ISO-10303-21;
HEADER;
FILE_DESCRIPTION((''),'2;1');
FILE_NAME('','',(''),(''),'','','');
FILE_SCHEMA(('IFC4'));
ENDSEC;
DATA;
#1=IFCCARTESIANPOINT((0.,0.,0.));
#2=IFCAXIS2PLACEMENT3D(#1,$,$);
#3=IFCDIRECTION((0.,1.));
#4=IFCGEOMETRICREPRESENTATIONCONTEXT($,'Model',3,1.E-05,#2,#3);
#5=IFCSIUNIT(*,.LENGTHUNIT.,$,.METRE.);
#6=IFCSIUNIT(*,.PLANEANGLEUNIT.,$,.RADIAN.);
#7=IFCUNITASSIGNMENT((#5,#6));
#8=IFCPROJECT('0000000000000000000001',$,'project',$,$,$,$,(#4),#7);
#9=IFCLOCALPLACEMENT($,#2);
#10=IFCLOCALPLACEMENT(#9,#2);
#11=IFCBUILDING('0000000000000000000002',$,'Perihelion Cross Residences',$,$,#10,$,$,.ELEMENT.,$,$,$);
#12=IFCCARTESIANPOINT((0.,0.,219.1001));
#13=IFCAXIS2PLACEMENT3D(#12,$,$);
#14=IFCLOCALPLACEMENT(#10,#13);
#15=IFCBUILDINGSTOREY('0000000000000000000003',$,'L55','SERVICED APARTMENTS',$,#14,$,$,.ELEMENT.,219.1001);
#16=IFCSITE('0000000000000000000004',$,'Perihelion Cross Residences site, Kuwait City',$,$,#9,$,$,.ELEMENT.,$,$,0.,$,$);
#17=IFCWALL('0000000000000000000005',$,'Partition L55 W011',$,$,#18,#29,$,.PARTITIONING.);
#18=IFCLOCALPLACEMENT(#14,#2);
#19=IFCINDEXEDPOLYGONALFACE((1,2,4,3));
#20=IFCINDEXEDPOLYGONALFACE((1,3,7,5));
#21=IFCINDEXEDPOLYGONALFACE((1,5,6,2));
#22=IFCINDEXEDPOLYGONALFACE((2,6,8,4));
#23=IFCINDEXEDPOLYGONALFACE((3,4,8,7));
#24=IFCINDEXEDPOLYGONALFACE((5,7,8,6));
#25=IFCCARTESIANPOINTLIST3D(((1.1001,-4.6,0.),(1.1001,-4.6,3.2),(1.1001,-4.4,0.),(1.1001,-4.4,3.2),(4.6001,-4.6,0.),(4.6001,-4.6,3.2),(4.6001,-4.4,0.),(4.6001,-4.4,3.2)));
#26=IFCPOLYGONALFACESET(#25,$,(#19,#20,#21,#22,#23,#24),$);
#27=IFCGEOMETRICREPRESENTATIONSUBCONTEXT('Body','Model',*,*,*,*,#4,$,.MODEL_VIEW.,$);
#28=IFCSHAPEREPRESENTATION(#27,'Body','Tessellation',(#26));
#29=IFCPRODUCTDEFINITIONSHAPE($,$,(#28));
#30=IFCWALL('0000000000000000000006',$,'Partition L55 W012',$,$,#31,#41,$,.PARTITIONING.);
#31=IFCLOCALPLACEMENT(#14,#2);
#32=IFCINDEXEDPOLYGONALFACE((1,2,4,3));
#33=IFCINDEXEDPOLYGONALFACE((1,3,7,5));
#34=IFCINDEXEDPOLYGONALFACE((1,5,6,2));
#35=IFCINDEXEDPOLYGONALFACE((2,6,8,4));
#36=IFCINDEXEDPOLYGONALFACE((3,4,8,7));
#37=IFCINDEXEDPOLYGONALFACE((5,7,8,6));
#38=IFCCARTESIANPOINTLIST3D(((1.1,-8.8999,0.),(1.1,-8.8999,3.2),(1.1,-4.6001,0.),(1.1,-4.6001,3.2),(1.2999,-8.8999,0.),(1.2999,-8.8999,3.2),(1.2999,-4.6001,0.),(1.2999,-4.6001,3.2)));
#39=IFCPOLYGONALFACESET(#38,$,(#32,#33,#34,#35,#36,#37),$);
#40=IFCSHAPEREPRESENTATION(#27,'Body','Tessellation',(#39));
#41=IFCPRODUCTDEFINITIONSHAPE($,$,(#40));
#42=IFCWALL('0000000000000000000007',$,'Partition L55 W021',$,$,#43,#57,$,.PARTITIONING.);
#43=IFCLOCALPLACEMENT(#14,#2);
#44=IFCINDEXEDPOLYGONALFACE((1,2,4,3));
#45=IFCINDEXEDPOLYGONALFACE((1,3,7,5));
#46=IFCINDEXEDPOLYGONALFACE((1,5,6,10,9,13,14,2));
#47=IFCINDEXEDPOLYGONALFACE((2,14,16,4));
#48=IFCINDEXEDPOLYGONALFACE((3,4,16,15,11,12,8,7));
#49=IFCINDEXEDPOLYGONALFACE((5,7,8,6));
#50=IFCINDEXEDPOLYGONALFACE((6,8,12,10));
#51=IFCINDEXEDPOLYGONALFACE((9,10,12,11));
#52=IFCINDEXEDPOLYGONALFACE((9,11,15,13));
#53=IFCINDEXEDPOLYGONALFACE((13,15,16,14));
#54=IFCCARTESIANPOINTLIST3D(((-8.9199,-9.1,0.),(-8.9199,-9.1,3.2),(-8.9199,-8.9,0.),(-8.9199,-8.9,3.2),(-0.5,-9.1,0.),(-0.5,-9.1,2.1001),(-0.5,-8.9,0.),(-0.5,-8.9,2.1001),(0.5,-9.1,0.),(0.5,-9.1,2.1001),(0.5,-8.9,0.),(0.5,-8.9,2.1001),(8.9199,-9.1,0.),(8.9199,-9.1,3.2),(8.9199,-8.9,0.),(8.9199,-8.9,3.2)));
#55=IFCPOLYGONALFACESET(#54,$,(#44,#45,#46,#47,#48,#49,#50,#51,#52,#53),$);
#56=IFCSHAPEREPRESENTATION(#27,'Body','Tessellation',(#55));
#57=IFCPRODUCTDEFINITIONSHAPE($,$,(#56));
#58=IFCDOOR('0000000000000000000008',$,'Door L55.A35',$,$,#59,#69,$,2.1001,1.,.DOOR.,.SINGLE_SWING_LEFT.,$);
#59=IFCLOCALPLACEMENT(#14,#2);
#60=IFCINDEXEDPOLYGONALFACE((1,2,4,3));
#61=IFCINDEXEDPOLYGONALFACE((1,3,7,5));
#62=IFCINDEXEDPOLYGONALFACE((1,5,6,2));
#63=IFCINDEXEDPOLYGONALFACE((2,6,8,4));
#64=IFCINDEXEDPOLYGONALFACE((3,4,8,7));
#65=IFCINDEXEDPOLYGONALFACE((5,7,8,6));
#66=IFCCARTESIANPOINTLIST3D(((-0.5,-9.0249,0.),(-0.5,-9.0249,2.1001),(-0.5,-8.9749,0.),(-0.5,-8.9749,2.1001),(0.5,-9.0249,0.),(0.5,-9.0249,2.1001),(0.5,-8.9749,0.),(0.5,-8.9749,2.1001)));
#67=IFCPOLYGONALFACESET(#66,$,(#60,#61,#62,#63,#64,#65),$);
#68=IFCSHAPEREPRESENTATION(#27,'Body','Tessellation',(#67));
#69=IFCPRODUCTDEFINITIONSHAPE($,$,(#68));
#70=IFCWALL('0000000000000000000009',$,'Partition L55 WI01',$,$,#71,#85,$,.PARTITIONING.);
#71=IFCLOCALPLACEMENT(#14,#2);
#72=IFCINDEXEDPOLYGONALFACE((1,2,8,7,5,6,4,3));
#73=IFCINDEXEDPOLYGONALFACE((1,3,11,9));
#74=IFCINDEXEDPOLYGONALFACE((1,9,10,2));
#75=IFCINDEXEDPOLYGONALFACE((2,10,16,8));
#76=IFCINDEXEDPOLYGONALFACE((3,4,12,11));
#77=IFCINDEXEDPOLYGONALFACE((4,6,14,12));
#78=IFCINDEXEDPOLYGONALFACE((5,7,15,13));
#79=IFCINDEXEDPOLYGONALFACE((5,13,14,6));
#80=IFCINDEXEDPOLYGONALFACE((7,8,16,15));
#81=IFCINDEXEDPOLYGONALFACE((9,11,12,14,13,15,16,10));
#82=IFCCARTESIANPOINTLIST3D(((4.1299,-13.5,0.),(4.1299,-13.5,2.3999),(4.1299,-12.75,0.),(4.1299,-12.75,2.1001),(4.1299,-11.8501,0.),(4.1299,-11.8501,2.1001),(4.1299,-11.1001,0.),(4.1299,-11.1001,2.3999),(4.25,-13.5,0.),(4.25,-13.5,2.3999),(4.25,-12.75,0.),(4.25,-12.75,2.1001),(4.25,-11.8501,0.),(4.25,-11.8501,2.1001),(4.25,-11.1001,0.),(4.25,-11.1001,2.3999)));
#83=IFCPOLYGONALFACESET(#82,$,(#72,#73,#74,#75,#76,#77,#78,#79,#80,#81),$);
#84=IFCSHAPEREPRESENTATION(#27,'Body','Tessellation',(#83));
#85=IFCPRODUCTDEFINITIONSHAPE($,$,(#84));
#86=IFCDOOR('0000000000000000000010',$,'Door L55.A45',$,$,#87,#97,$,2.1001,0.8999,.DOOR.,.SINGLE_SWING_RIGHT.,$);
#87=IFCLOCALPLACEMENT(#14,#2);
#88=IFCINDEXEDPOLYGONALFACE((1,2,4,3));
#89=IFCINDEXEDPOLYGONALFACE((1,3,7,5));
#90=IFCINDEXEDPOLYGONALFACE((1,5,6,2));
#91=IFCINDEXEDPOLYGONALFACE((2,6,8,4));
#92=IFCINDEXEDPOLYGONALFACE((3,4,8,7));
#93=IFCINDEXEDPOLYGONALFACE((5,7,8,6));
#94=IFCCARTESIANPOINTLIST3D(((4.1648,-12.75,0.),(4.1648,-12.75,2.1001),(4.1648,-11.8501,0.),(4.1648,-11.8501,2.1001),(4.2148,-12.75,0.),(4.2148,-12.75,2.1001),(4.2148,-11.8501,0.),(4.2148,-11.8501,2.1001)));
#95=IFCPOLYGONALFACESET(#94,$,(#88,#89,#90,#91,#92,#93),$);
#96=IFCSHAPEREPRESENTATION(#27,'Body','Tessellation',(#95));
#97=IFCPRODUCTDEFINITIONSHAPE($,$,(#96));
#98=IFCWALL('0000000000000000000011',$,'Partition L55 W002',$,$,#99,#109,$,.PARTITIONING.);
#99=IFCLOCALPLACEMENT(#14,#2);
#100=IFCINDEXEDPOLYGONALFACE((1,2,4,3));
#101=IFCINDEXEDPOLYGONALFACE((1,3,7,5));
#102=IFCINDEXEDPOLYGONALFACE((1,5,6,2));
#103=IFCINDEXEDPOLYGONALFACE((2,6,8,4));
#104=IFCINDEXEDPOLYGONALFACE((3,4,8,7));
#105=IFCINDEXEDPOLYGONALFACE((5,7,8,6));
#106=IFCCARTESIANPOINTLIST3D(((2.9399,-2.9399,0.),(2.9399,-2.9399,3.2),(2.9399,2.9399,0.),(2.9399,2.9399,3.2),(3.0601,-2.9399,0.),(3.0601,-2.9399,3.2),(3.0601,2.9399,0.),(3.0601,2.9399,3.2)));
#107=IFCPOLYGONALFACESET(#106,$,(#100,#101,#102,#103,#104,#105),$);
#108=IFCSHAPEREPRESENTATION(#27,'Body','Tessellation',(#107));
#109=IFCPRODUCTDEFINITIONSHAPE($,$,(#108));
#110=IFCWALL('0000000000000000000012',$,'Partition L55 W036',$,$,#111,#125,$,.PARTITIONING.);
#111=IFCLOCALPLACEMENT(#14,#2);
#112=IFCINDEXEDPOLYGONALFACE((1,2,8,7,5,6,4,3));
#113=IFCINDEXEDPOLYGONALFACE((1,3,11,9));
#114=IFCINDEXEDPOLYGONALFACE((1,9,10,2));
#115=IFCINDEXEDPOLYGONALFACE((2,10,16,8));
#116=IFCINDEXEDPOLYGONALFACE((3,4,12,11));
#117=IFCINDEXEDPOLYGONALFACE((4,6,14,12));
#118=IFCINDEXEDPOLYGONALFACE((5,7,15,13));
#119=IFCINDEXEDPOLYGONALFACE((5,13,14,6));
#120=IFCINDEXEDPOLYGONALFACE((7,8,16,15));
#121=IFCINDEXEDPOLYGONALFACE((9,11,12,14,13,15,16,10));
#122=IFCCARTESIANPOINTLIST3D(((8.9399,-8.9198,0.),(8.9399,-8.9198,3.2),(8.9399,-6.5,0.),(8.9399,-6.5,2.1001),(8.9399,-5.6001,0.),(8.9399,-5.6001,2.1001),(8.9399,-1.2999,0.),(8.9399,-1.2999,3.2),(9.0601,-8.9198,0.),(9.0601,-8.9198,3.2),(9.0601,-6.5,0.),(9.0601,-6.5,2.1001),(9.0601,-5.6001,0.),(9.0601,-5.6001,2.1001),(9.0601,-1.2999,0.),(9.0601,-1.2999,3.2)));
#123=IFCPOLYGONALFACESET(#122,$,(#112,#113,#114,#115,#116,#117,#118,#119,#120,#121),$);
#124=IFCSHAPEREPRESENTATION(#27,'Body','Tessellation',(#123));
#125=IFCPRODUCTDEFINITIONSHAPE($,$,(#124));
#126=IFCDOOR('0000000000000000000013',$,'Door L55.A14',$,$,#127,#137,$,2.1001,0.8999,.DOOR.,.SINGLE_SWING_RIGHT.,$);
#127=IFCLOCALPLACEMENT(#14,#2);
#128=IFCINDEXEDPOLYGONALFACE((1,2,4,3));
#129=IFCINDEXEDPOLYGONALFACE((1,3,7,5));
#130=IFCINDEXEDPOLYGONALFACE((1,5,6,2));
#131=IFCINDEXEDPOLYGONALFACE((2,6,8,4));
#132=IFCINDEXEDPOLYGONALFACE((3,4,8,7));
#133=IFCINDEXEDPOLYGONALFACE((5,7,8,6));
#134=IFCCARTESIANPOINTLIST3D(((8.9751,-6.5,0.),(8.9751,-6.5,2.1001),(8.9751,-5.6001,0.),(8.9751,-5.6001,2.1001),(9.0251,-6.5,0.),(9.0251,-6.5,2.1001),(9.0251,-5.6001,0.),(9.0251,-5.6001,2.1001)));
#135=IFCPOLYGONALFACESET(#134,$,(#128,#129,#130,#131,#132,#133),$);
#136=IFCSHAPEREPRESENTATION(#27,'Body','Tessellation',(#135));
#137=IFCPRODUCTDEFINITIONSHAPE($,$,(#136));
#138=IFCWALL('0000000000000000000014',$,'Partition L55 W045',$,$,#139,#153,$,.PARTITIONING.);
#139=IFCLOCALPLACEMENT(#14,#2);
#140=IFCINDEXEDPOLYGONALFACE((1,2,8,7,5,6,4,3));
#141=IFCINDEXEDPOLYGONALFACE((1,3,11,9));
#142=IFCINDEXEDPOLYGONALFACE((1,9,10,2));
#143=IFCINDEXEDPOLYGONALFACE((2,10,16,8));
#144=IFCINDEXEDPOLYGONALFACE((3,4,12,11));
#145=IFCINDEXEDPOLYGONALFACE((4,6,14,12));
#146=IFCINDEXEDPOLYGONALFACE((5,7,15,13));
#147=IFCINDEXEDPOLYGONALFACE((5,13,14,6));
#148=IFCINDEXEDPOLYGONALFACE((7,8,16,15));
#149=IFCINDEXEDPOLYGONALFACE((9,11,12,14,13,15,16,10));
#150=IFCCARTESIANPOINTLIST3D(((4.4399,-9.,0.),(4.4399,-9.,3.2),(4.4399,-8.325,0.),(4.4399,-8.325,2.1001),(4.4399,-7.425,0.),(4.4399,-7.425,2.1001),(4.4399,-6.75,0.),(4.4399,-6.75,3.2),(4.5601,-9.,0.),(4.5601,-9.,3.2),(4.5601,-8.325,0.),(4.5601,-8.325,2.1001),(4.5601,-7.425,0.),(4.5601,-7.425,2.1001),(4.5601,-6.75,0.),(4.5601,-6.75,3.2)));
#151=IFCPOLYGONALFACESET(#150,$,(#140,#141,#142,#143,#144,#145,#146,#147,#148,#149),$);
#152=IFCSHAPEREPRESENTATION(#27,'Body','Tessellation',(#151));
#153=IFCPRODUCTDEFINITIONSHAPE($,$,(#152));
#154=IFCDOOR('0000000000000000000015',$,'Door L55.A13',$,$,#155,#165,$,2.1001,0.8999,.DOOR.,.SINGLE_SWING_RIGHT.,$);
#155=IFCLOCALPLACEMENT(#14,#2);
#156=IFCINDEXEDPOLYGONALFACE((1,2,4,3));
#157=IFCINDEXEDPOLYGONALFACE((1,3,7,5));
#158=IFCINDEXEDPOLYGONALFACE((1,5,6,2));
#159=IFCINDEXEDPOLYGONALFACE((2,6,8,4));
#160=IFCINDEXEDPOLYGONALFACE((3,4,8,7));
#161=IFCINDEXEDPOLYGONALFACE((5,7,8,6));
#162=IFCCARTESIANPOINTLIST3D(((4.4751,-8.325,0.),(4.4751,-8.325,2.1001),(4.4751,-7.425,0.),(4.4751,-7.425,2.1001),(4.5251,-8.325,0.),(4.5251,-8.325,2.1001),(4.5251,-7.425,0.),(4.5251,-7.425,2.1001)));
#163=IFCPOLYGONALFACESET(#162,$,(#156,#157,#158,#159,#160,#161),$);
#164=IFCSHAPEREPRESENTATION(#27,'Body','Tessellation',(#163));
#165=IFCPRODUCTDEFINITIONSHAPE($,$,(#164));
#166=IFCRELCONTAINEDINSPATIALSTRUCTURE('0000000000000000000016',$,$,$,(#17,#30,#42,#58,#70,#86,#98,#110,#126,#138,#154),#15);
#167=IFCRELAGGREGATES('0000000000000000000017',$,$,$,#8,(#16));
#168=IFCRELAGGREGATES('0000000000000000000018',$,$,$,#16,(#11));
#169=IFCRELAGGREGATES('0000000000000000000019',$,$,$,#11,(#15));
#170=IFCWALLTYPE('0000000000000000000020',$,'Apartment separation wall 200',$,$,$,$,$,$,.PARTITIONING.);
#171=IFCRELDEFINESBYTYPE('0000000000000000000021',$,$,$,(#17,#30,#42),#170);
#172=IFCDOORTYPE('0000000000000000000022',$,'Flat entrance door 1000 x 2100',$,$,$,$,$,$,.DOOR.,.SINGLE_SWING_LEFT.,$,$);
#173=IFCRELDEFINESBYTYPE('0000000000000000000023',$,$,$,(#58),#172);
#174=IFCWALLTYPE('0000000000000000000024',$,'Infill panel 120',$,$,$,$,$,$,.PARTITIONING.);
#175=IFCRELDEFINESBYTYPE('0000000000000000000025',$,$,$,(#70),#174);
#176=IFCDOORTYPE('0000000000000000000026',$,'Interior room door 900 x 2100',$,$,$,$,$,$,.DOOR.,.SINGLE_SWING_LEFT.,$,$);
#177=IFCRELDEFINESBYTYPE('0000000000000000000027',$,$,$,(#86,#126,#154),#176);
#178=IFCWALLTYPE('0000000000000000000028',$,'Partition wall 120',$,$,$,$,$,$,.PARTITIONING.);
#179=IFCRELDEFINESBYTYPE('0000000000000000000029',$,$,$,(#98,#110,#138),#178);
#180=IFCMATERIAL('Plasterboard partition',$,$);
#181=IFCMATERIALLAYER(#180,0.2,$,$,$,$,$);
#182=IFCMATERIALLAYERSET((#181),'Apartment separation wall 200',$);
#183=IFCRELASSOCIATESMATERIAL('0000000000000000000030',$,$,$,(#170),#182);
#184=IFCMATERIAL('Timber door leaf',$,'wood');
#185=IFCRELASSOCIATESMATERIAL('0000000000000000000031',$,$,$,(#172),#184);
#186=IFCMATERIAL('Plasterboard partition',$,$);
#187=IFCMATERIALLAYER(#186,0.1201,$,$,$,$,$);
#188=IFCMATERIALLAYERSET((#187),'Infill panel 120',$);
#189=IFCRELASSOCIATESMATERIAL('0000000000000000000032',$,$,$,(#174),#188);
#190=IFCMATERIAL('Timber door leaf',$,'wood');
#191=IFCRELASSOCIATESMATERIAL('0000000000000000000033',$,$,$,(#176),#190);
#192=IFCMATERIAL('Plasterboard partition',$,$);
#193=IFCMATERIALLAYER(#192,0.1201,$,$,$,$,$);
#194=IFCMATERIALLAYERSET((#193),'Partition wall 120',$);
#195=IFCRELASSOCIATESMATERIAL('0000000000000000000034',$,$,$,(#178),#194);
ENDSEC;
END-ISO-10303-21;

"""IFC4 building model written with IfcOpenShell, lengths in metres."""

from ifc_helpers import new_model, si_unit, direction, frame, frame_2d, origin, place, context, subcontext, project, spatial, rectangle, extrude, material, layer, layer_set, type_object, element, fill, save


model = new_model("IFC4")

# Units and contexts
model_context = context("Model", 3, precision=1e-05, world=origin(), true_north=direction((0.0, 1.0)))
body_context = subcontext(model_context, "Body", "Model", "MODEL_VIEW")
ifc_project = project(units=[si_unit("LENGTHUNIT", "METRE"), si_unit("PLANEANGLEUNIT", "RADIAN")], contexts=[model_context])

# Site, building, storey
site_placement = place(None, origin())
site = spatial("IfcSite", under=ifc_project, at=site_placement, Name="Perihelion Cross Residences site, Kuwait City", CompositionType="ELEMENT", RefElevation=0.0)
building_placement = place(site_placement, origin())
building = spatial("IfcBuilding", under=site, at=building_placement, Name="Perihelion Cross Residences", CompositionType="ELEMENT")
storey_placement = place(building_placement, frame((0.0, 0.0, 219.1001)))
storey = spatial("IfcBuildingStorey", under=building, at=storey_placement, Name="L55", Description="SERVICED APARTMENTS", CompositionType="ELEMENT", Elevation=219.1001)

# Walls
ifc_material_1 = material(Name="Plasterboard partition")
ifc_layer_1 = layer(ifc_material_1, 0.2)
ifc_layer_set_1 = layer_set([ifc_layer_1], Name="Apartment separation wall 200")
wall_type_1 = type_object("IfcWallType", Name="Apartment separation wall 200", PredefinedType="PARTITIONING", material=ifc_layer_set_1)
wall_1_placement = place(storey_placement, frame((4.6001, -4.5, 0.0), z_axis=(0.0, 0.0, 1.0), x_axis=(-1.0, 0.0, 0.0)))
element("IfcWall", 1, at=wall_1_placement, inside=storey, type_object=wall_type_1, Name="Partition L55 W011", PredefinedType="PARTITIONING", context=body_context, shape_type="SweptSolid", body=[
    extrude(rectangle(XDim=3.5, YDim=0.2, at=frame_2d((1.75, 0.0))), origin(), (0.0, 0.0, 1.0), 3.2),
])
wall_2_placement = place(storey_placement, frame((1.2, -4.6001, 0.0), z_axis=(0.0, 0.0, 1.0), x_axis=(0.0, -1.0, 0.0)))
element("IfcWall", 2, at=wall_2_placement, inside=storey, type_object=wall_type_1, Name="Partition L55 W012", PredefinedType="PARTITIONING", context=body_context, shape_type="SweptSolid", body=[
    extrude(rectangle(XDim=4.2998, YDim=0.2, at=frame_2d((2.1499, 0.0))), origin(), (0.0, 0.0, 1.0), 3.2),
])

# Walls, openings, doors
wall_3_placement = place(storey_placement, frame((8.9199, -9.0, 0.0), z_axis=(0.0, 0.0, 1.0), x_axis=(-1.0, 0.0, 0.0)))
wall_3 = element("IfcWall", 3, at=wall_3_placement, inside=storey, type_object=wall_type_1, Name="Partition L55 W021", PredefinedType="PARTITIONING", context=body_context, shape_type="SweptSolid", body=[
    extrude(rectangle(XDim=17.8398, YDim=0.2, at=frame_2d((8.9199, 0.0))), origin(), (0.0, 0.0, 1.0), 3.2),
])
opening_1_placement = place(wall_3_placement, frame((8.4199, 0.0, 0.0)))
opening_1 = element("IfcOpeningElement", 4, at=opening_1_placement, cuts=wall_3, PredefinedType="OPENING", context=body_context, shape_type="SweptSolid", body=[
    extrude(rectangle(XDim=1.0, YDim=2.1001, at=frame_2d((0.5, 1.05))), frame((0.0, 0.1099, 0.0), z_axis=(0.0, -1.0, 0.0), x_axis=(1.0, 0.0, 0.0)), (0.0, 0.0, 1.0), 0.22),
])
ifc_material_2 = material(Name="Timber door leaf", Category="wood")
door_type_1 = type_object("IfcDoorType", Name="Flat entrance door 1000 x 2100", OperationType="SINGLE_SWING_LEFT", PredefinedType="DOOR", material=ifc_material_2)
door_1_placement = place(opening_1_placement, origin())
door_1 = element("IfcDoor", 5, at=door_1_placement, inside=storey, type_object=door_type_1, Name="Door L55.A35", OperationType="SINGLE_SWING_LEFT", OverallHeight=2.1001, OverallWidth=1.0, PredefinedType="DOOR", context=body_context, shape_type="SweptSolid", body=[
    extrude(rectangle(XDim=1.0, YDim=2.1001, at=frame_2d((0.5, 1.05))), frame((0.0, 0.0249, 0.0), z_axis=(0.0, -1.0, 0.0), x_axis=(1.0, 0.0, 0.0)), (0.0, 0.0, 1.0), 0.05),
])
fill(opening_1, door_1)
ifc_material_3 = material(Name="Plasterboard partition")
ifc_layer_2 = layer(ifc_material_3, 0.1201)
ifc_layer_set_2 = layer_set([ifc_layer_2], Name="Infill panel 120")
wall_type_2 = type_object("IfcWallType", Name="Infill panel 120", PredefinedType="PARTITIONING", material=ifc_layer_set_2)
wall_4_placement = place(storey_placement, frame((4.1899, -11.1001, 0.0), z_axis=(0.0, 0.0, 1.0), x_axis=(0.0, -1.0, 0.0)))
wall_4 = element("IfcWall", 6, at=wall_4_placement, inside=storey, type_object=wall_type_2, Name="Partition L55 WI01", PredefinedType="PARTITIONING", context=body_context, shape_type="SweptSolid", body=[
    extrude(rectangle(XDim=2.3999, YDim=0.1201, at=frame_2d((1.2, 0.0))), origin(), (0.0, 0.0, 1.0), 2.3999),
])
opening_2_placement = place(wall_4_placement, frame((0.75, 0.0, 0.0)))
opening_2 = element("IfcOpeningElement", 7, at=opening_2_placement, cuts=wall_4, PredefinedType="OPENING", context=body_context, shape_type="SweptSolid", body=[
    extrude(rectangle(XDim=0.8999, YDim=2.1001, at=frame_2d((0.45, 1.05))), frame((0.0, 0.0701, 0.0), z_axis=(0.0, -1.0, 0.0), x_axis=(1.0, 0.0, 0.0)), (0.0, 0.0, 1.0), 0.1401),
])
ifc_material_4 = material(Name="Timber door leaf", Category="wood")
door_type_2 = type_object("IfcDoorType", Name="Interior room door 900 x 2100", OperationType="SINGLE_SWING_LEFT", PredefinedType="DOOR", material=ifc_material_4)
door_2_placement = place(opening_2_placement, origin())
door_2 = element("IfcDoor", 8, at=door_2_placement, inside=storey, type_object=door_type_2, Name="Door L55.A45", OperationType="SINGLE_SWING_RIGHT", OverallHeight=2.1001, OverallWidth=0.8999, PredefinedType="DOOR", context=body_context, shape_type="SweptSolid", body=[
    extrude(rectangle(XDim=0.8999, YDim=2.1001, at=frame_2d((0.45, 1.05))), frame((0.0, 0.0249, 0.0), z_axis=(0.0, -1.0, 0.0), x_axis=(1.0, 0.0, 0.0)), (0.0, 0.0, 1.0), 0.05),
])
fill(opening_2, door_2)

# Wall
ifc_material_5 = material(Name="Plasterboard partition")
ifc_layer_3 = layer(ifc_material_5, 0.1201)
ifc_layer_set_3 = layer_set([ifc_layer_3], Name="Partition wall 120")
wall_type_3 = type_object("IfcWallType", Name="Partition wall 120", PredefinedType="PARTITIONING", material=ifc_layer_set_3)
wall_5_placement = place(storey_placement, frame((3.0, -2.9399, 0.0), z_axis=(0.0, 0.0, 1.0), x_axis=(0.0, 1.0, 0.0)))
element("IfcWall", 9, at=wall_5_placement, inside=storey, type_object=wall_type_3, Name="Partition L55 W002", PredefinedType="PARTITIONING", context=body_context, shape_type="SweptSolid", body=[
    extrude(rectangle(XDim=5.8799, YDim=0.1201, at=frame_2d((2.9399, 0.0))), origin(), (0.0, 0.0, 1.0), 3.2),
])

# Walls, openings, doors
wall_6_placement = place(storey_placement, frame((9.0, -8.9199, 0.0), z_axis=(0.0, 0.0, 1.0), x_axis=(0.0, 1.0, 0.0)))
wall_6 = element("IfcWall", 10, at=wall_6_placement, inside=storey, type_object=wall_type_3, Name="Partition L55 W036", PredefinedType="PARTITIONING", context=body_context, shape_type="SweptSolid", body=[
    extrude(rectangle(XDim=7.6199, YDim=0.1201, at=frame_2d((3.8101, 0.0))), origin(), (0.0, 0.0, 1.0), 3.2),
])
opening_3_placement = place(wall_6_placement, frame((2.4199, 0.0, 0.0)))
opening_3 = element("IfcOpeningElement", 11, at=opening_3_placement, cuts=wall_6, PredefinedType="OPENING", context=body_context, shape_type="SweptSolid", body=[
    extrude(rectangle(XDim=0.8999, YDim=2.1001, at=frame_2d((0.45, 1.05))), frame((0.0, 0.0701, 0.0), z_axis=(0.0, -1.0, 0.0), x_axis=(1.0, 0.0, 0.0)), (0.0, 0.0, 1.0), 0.1401),
])
door_3_placement = place(opening_3_placement, origin())
door_3 = element("IfcDoor", 12, at=door_3_placement, inside=storey, type_object=door_type_2, Name="Door L55.A14", OperationType="SINGLE_SWING_RIGHT", OverallHeight=2.1001, OverallWidth=0.8999, PredefinedType="DOOR", context=body_context, shape_type="SweptSolid", body=[
    extrude(rectangle(XDim=0.8999, YDim=2.1001, at=frame_2d((0.45, 1.05))), frame((0.0, 0.0249, 0.0), z_axis=(0.0, -1.0, 0.0), x_axis=(1.0, 0.0, 0.0)), (0.0, 0.0, 1.0), 0.05),
])
fill(opening_3, door_3)
wall_7_placement = place(storey_placement, frame((4.5, -9.0, 0.0), z_axis=(0.0, 0.0, 1.0), x_axis=(0.0, 1.0, 0.0)))
wall_7 = element("IfcWall", 13, at=wall_7_placement, inside=storey, type_object=wall_type_3, Name="Partition L55 W045", PredefinedType="PARTITIONING", context=body_context, shape_type="SweptSolid", body=[
    extrude(rectangle(XDim=2.25, YDim=0.1201, at=frame_2d((1.125, 0.0))), origin(), (0.0, 0.0, 1.0), 3.2),
])
opening_4_placement = place(wall_7_placement, frame((0.675, 0.0, 0.0)))
opening_4 = element("IfcOpeningElement", 14, at=opening_4_placement, cuts=wall_7, PredefinedType="OPENING", context=body_context, shape_type="SweptSolid", body=[
    extrude(rectangle(XDim=0.8999, YDim=2.1001, at=frame_2d((0.45, 1.05))), frame((0.0, 0.0701, 0.0), z_axis=(0.0, -1.0, 0.0), x_axis=(1.0, 0.0, 0.0)), (0.0, 0.0, 1.0), 0.1401),
])
door_4_placement = place(opening_4_placement, origin())
door_4 = element("IfcDoor", 15, at=door_4_placement, inside=storey, type_object=door_type_2, Name="Door L55.A13", OperationType="SINGLE_SWING_RIGHT", OverallHeight=2.1001, OverallWidth=0.8999, PredefinedType="DOOR", context=body_context, shape_type="SweptSolid", body=[
    extrude(rectangle(XDim=0.8999, YDim=2.1001, at=frame_2d((0.45, 1.05))), frame((0.0, 0.0249, 0.0), z_axis=(0.0, -1.0, 0.0), x_axis=(1.0, 0.0, 0.0)), (0.0, 0.0, 1.0), 0.05),
])
fill(opening_4, door_4)

save(model, "model.ifc")
